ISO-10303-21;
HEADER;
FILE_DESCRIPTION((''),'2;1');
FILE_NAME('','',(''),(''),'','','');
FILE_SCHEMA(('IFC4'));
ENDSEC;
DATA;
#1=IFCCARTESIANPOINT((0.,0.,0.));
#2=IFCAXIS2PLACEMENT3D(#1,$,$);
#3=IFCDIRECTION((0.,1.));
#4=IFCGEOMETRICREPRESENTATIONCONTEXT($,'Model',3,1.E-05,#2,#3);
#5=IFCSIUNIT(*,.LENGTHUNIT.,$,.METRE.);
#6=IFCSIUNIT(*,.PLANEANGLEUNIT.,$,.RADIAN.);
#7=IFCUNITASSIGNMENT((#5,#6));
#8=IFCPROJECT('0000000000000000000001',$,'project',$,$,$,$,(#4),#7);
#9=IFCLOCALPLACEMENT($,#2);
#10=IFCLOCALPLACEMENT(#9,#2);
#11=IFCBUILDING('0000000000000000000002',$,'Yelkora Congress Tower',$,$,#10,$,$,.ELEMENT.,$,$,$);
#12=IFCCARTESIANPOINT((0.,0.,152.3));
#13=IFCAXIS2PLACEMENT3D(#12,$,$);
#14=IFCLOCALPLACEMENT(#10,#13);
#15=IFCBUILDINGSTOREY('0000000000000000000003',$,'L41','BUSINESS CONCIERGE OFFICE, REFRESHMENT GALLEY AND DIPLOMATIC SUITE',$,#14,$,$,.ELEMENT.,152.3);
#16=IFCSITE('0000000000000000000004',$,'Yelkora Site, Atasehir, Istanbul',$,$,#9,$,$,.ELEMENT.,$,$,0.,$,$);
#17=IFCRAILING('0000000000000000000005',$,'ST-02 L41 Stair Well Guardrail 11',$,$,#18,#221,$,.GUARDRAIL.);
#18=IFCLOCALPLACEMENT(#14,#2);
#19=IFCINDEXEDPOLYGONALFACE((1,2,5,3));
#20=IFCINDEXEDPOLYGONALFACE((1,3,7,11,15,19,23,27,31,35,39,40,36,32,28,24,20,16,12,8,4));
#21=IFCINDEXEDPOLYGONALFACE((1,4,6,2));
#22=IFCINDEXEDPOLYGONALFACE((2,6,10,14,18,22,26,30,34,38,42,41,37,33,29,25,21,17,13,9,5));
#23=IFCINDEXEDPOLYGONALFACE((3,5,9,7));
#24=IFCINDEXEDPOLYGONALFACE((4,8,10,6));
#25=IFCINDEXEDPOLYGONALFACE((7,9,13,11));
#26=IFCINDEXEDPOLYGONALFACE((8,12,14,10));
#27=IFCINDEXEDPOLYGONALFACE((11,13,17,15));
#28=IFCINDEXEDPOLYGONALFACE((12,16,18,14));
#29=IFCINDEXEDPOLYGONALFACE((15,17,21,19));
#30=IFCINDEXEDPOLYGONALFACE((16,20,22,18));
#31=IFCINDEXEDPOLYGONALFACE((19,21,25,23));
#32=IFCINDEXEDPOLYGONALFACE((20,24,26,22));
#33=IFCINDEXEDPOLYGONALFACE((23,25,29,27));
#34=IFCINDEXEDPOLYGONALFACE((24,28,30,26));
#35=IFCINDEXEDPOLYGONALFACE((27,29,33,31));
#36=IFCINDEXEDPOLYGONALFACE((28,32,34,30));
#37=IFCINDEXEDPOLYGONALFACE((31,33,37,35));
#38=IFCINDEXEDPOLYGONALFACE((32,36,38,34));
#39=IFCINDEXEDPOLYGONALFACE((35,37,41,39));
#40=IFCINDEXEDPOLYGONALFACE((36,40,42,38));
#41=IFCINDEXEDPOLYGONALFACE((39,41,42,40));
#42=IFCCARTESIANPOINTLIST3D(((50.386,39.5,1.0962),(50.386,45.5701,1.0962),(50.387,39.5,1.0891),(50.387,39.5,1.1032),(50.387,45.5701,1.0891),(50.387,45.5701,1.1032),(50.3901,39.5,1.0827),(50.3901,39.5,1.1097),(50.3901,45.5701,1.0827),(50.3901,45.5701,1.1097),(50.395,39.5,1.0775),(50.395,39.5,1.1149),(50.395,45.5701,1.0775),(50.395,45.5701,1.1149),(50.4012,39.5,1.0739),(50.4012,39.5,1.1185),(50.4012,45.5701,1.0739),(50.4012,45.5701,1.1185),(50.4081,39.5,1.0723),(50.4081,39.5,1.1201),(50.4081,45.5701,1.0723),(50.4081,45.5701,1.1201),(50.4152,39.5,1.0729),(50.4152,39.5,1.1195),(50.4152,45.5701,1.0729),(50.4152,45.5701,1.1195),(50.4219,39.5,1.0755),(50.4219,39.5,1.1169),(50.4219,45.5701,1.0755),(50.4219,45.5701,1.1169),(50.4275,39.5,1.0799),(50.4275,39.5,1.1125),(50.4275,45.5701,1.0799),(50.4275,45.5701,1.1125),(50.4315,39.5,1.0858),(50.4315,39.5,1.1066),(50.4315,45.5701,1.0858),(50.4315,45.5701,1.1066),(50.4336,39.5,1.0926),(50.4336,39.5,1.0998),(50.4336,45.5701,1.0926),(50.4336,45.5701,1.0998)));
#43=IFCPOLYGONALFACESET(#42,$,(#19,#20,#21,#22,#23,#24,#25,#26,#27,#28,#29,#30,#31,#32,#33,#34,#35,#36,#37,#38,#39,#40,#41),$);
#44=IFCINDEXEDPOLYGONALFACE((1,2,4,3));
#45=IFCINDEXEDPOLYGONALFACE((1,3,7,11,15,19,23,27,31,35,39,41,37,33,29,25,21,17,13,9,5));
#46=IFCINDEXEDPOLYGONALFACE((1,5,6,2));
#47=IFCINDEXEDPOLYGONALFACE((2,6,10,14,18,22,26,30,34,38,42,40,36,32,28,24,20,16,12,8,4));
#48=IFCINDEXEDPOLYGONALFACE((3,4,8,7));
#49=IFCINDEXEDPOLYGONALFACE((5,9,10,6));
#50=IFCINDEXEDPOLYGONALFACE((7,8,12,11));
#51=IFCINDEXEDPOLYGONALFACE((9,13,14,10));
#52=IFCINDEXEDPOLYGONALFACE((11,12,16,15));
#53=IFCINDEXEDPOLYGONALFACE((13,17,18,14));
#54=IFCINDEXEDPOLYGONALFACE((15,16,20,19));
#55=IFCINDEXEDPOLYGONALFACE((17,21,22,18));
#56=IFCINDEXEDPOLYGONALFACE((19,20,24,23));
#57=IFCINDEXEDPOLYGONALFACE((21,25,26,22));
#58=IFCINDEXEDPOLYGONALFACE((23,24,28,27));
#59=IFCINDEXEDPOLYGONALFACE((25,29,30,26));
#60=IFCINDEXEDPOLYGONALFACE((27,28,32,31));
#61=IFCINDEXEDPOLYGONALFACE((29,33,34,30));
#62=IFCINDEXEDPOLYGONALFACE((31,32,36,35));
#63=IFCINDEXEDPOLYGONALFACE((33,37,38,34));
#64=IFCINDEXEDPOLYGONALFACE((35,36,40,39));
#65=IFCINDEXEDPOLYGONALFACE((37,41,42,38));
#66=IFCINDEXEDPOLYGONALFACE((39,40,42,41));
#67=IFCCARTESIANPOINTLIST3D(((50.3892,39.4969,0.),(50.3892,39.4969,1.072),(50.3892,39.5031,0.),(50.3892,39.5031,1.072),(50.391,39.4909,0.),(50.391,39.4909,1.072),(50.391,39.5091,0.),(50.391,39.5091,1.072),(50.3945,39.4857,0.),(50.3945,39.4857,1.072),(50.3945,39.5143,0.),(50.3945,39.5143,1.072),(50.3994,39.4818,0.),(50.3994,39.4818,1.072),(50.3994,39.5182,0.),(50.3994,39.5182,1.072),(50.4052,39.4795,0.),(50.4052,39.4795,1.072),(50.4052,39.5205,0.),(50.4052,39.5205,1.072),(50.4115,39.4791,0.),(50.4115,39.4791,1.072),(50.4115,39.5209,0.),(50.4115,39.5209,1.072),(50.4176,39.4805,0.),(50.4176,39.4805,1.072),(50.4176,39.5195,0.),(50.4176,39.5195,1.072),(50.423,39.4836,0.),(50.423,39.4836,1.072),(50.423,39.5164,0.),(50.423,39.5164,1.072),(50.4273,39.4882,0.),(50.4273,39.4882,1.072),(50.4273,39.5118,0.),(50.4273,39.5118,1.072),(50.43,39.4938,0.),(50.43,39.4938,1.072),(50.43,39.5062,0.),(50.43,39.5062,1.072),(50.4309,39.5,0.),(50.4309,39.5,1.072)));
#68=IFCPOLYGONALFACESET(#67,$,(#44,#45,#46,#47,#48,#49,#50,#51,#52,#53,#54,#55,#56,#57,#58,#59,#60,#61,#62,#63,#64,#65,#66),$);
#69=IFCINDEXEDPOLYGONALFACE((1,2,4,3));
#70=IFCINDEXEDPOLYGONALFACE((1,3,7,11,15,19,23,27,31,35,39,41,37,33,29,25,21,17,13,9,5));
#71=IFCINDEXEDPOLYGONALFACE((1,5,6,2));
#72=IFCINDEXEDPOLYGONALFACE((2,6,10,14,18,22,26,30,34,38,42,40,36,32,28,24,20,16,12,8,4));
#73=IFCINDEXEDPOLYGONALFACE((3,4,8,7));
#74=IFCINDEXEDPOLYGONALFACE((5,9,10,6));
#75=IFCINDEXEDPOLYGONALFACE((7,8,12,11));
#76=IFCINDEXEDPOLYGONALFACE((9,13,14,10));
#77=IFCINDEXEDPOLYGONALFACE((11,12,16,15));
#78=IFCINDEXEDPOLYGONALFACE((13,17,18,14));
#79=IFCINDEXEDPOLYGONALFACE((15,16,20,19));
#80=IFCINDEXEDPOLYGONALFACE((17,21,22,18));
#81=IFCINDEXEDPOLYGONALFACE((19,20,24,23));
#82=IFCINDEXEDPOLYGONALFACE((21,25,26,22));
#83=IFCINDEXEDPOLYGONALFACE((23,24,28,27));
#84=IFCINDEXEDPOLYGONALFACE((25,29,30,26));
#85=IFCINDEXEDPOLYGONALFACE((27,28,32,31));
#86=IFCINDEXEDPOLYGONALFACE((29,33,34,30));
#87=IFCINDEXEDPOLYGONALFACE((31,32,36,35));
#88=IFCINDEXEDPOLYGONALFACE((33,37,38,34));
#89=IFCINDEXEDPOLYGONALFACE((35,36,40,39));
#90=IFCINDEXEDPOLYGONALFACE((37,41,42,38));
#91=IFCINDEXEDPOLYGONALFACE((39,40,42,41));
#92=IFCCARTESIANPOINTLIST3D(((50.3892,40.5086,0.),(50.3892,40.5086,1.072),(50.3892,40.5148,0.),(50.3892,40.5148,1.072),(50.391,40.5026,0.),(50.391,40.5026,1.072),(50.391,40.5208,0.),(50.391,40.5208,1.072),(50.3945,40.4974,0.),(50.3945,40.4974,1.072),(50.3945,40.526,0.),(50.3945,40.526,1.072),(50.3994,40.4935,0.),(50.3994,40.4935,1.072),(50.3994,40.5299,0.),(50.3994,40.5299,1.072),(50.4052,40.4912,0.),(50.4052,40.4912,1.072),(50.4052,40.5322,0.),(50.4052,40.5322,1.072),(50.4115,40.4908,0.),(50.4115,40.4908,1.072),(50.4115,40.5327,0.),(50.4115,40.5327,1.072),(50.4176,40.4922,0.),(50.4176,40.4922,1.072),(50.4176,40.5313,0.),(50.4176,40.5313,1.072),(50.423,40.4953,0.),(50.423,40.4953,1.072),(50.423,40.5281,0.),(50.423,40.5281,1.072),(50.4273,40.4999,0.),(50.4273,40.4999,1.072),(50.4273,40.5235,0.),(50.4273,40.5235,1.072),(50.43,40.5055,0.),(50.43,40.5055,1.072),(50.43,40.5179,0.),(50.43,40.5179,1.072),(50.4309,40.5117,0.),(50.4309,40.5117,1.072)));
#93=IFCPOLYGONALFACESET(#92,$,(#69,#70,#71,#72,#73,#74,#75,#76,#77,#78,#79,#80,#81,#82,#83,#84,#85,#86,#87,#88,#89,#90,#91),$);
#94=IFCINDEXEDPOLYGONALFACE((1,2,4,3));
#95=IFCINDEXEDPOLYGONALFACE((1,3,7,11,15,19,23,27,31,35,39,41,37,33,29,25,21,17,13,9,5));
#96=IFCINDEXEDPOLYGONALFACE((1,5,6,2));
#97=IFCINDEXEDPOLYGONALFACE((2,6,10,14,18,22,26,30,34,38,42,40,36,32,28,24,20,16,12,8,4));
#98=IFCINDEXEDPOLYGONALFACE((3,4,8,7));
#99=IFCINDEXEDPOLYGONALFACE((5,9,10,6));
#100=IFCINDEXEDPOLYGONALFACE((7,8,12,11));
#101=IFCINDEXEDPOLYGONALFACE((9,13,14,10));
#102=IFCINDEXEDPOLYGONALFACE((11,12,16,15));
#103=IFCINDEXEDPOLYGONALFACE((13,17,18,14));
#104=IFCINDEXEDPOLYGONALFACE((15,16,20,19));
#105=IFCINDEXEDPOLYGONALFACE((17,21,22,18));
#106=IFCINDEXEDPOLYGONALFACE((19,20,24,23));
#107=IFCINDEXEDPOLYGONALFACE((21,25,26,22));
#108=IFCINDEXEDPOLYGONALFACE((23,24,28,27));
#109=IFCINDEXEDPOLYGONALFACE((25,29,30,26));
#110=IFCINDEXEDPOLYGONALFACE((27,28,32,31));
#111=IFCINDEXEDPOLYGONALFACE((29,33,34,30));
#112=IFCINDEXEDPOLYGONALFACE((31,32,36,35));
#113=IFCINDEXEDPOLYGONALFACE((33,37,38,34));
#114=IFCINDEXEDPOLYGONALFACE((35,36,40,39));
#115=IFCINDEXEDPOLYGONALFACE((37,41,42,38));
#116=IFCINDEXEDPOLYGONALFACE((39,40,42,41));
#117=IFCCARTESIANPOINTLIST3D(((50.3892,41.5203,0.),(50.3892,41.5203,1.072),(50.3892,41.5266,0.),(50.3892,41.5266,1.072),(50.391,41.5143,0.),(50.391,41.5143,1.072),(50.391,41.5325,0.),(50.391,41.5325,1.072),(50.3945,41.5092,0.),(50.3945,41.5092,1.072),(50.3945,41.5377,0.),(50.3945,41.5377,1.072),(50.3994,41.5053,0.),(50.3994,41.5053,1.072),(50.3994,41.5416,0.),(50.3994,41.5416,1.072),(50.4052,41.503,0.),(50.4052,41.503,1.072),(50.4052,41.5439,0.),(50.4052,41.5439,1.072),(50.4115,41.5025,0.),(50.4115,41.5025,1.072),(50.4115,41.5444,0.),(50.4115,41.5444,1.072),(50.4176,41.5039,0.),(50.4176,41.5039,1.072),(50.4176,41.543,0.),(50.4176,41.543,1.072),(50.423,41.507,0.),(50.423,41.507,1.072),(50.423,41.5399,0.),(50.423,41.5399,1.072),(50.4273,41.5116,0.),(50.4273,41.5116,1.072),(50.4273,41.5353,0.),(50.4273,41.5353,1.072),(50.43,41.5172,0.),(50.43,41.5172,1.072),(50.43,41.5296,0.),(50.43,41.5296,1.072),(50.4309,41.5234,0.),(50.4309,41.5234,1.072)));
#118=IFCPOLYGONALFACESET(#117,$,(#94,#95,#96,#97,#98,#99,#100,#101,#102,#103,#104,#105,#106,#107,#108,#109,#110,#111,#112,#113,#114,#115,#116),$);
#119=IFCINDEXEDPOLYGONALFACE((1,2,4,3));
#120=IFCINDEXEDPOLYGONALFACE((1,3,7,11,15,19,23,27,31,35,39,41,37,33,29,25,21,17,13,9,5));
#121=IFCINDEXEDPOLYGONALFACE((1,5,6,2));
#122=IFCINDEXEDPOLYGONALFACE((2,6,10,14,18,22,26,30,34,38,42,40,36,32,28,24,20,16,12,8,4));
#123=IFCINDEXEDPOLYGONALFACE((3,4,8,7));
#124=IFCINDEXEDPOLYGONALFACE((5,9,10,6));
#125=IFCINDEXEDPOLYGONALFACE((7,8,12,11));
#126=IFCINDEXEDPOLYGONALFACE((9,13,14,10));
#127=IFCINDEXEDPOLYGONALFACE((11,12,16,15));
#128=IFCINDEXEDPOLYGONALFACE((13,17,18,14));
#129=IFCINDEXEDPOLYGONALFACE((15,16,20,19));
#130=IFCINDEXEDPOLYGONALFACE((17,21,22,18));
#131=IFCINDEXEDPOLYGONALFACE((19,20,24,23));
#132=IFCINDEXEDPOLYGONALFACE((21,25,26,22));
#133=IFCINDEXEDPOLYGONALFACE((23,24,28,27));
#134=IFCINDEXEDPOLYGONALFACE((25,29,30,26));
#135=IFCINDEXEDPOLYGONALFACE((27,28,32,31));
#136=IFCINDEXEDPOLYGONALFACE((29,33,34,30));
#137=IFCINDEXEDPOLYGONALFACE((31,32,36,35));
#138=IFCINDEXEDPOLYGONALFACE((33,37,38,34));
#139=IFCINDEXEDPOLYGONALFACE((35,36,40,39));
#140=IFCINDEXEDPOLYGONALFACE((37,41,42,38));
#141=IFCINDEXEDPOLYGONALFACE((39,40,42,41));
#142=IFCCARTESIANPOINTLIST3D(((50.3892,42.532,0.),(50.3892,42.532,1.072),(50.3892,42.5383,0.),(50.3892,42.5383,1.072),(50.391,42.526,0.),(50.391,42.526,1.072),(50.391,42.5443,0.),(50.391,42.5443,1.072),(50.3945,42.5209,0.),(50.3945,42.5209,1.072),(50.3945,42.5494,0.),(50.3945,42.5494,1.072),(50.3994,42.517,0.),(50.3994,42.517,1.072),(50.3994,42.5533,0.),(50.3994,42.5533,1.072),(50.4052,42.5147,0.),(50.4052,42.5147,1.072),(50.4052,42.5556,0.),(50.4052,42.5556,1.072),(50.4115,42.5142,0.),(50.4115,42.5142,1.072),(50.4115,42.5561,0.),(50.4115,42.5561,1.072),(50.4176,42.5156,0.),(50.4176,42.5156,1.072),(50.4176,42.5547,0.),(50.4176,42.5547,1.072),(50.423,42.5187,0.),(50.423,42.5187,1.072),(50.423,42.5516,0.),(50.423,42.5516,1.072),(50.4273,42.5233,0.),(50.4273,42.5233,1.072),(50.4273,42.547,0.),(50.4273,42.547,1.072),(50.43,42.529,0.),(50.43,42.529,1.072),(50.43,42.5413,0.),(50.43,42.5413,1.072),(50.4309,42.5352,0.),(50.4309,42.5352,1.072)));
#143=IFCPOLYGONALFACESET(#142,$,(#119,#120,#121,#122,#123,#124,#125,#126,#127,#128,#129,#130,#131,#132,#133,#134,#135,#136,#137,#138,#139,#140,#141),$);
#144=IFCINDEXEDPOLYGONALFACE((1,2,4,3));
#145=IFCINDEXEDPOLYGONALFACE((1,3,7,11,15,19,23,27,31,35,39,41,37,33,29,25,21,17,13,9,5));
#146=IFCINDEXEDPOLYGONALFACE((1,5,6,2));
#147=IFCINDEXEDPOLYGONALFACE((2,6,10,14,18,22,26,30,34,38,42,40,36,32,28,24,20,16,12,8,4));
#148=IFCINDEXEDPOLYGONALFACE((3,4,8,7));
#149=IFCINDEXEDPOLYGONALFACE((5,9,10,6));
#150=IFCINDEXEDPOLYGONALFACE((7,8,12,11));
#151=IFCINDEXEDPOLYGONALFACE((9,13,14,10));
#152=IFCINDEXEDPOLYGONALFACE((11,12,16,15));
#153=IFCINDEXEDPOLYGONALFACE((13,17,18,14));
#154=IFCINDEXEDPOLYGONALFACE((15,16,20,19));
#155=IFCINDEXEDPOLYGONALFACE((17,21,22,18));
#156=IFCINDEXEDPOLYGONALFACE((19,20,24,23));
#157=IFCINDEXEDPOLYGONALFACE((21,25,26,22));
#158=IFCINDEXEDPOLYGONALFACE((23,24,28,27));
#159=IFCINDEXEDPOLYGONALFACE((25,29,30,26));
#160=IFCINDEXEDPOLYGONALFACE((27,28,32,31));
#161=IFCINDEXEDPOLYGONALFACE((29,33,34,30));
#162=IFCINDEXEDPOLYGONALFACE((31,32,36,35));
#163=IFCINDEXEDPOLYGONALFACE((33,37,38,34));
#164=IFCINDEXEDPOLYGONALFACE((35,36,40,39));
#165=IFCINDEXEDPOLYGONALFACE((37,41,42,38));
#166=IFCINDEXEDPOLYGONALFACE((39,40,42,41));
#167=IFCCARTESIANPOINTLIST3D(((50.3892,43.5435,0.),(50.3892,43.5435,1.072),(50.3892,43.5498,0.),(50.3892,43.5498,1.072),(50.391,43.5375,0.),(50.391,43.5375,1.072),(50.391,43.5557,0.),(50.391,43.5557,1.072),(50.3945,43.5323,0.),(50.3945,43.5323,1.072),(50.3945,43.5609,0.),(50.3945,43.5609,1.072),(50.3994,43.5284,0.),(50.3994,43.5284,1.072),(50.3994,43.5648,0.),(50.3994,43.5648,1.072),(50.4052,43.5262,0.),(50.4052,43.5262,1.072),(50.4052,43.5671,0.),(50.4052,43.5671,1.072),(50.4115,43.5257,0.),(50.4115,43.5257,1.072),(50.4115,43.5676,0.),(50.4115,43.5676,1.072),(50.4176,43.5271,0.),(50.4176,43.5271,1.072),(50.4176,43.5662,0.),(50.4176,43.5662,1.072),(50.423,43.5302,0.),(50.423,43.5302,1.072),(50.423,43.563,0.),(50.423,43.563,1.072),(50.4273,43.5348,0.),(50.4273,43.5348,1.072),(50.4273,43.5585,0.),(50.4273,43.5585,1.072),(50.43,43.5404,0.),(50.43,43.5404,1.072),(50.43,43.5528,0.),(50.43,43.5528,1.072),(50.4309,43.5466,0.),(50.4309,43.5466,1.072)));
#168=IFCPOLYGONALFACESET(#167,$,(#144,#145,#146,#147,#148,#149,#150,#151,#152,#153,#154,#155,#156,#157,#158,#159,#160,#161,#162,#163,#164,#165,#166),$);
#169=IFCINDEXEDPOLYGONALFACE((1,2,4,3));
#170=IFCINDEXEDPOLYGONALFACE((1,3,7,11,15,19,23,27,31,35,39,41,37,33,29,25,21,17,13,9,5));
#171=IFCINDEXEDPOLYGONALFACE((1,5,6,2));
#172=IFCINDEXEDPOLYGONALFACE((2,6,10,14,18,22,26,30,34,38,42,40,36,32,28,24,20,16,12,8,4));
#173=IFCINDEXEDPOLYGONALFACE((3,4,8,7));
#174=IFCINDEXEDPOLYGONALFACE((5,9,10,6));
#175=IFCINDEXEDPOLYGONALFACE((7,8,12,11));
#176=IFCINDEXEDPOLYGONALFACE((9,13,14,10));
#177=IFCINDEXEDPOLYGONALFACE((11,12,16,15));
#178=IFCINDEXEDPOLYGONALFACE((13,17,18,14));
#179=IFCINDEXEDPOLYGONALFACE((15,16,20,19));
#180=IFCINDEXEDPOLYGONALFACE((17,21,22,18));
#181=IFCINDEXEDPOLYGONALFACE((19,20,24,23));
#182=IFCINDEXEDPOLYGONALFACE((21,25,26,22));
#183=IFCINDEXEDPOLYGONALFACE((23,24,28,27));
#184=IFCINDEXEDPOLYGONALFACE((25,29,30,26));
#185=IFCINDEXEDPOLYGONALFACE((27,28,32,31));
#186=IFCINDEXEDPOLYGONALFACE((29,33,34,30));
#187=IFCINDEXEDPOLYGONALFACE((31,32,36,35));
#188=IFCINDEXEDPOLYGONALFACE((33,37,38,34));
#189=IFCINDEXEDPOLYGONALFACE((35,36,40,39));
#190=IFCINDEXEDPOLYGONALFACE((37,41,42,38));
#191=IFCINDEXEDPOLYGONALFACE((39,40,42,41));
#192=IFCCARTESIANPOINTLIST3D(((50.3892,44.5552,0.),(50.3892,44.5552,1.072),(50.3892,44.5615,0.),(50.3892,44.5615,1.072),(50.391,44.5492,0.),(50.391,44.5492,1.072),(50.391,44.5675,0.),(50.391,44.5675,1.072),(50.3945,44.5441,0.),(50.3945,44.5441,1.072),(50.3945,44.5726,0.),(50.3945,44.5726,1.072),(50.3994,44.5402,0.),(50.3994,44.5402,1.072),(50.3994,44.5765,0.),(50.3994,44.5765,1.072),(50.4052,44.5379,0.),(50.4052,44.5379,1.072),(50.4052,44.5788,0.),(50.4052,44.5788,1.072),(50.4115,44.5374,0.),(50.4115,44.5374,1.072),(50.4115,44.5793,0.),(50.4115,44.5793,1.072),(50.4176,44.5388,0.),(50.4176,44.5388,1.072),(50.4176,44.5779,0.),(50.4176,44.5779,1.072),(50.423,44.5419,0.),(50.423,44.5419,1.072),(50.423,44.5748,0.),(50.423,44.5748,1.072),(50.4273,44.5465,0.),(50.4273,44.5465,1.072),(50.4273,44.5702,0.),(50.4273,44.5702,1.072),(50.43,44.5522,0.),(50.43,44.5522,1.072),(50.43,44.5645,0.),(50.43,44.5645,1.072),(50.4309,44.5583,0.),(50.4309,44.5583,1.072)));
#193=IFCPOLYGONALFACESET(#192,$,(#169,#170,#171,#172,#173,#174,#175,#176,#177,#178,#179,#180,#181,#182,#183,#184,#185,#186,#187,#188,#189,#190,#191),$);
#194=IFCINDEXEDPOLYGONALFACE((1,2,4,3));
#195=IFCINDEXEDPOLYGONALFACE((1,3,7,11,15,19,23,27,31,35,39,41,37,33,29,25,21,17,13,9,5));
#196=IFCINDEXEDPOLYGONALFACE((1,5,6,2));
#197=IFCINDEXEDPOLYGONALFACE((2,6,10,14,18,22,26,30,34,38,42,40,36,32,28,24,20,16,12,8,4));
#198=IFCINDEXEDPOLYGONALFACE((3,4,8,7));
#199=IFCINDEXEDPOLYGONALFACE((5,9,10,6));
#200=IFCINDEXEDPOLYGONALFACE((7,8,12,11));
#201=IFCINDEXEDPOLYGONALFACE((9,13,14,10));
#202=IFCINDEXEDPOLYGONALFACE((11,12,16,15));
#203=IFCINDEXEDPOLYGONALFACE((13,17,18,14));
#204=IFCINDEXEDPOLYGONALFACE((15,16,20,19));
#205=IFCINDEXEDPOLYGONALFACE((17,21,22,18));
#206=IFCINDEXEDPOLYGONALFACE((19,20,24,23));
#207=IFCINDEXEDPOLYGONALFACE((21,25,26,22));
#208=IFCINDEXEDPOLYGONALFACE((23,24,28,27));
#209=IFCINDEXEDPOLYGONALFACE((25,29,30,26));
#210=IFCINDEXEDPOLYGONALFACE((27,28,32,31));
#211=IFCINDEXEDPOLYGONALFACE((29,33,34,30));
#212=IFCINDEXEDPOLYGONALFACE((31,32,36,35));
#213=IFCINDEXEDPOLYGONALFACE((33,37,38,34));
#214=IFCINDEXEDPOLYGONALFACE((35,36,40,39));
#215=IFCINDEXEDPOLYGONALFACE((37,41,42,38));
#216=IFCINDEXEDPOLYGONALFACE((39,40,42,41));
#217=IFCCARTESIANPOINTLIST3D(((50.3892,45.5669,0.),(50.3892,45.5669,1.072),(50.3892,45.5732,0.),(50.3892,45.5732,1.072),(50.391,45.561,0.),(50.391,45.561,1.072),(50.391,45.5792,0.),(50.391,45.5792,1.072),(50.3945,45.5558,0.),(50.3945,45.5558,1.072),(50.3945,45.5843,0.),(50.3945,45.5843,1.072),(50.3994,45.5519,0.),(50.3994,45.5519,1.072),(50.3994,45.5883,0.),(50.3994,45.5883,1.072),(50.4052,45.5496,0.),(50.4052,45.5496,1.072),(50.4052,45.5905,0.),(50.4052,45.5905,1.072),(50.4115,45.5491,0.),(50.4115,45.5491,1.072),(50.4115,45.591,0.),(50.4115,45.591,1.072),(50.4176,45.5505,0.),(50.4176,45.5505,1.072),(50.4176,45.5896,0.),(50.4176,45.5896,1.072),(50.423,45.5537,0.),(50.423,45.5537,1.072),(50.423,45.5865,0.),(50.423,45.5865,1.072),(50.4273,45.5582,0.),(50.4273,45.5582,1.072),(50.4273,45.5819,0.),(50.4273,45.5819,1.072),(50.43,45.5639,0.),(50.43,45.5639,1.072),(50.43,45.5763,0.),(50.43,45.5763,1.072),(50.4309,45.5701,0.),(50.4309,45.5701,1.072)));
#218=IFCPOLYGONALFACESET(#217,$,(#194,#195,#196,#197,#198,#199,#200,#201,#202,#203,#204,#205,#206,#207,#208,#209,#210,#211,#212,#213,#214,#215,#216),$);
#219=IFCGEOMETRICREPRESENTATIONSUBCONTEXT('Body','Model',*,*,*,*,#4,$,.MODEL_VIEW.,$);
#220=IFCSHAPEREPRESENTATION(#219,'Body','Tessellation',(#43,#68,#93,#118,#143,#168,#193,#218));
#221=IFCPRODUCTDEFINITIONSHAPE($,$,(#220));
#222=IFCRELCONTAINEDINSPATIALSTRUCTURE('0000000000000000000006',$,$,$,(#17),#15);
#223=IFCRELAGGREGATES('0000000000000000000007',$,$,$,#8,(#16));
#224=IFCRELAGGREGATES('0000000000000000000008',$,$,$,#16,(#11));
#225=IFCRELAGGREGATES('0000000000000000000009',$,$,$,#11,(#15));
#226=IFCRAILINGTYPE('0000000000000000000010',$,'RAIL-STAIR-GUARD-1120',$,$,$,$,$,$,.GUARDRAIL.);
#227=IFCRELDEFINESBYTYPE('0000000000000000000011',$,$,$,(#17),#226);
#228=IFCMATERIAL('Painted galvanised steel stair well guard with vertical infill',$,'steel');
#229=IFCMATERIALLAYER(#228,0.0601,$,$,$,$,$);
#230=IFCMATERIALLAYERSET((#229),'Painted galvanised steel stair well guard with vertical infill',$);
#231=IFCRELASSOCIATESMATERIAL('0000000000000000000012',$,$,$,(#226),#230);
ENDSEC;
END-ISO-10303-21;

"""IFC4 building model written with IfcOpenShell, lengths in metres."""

from ifc_helpers import new_model, si_unit, direction, frame, origin, origin_2d, place, context, subcontext, project, spatial, circle, extrude, material, layer, layer_set, type_object, element, save


model = new_model("IFC4")

# Units and contexts
model_context = context("Model", 3, precision=1e-05, world=origin(), true_north=direction((0.0, 1.0)))
body_context = subcontext(model_context, "Body", "Model", "MODEL_VIEW")
ifc_project = project(units=[si_unit("LENGTHUNIT", "METRE"), si_unit("PLANEANGLEUNIT", "RADIAN")], contexts=[model_context])

# Site, building, storey
site_placement = place(None, origin())
site = spatial("IfcSite", under=ifc_project, at=site_placement, Name="Yelkora Site, Atasehir, Istanbul", CompositionType="ELEMENT", RefElevation=0.0)
building_placement = place(site_placement, origin())
building = spatial("IfcBuilding", under=site, at=building_placement, Name="Yelkora Congress Tower", CompositionType="ELEMENT")
storey_placement = place(building_placement, frame((0.0, 0.0, 152.3)))
storey = spatial("IfcBuildingStorey", under=building, at=storey_placement, Name="L41", Description="BUSINESS CONCIERGE OFFICE, REFRESHMENT GALLEY AND DIPLOMATIC SUITE", CompositionType="ELEMENT", Elevation=152.3)

# Railing
ifc_material_1 = material(Name="Painted galvanised steel stair well guard with vertical infill", Category="steel")
ifc_layer_1 = layer(ifc_material_1, 0.0601)
ifc_layer_set_1 = layer_set([ifc_layer_1], Name="Painted galvanised steel stair well guard with vertical infill")
railing_type_1 = type_object("IfcRailingType", Name="RAIL-STAIR-GUARD-1120", PredefinedType="GUARDRAIL", material=ifc_layer_set_1)
railing_1_placement = place(storey_placement, frame((50.4099, 39.5, 0.0)))
element("IfcRailing", 1, at=railing_1_placement, inside=storey, type_object=railing_type_1, Name="ST-02 L41 Stair Well Guardrail 11", PredefinedType="GUARDRAIL", context=body_context, shape_type="SweptSolid", body=[
    extrude(circle(Radius=0.0239, at=origin_2d()), frame((0.0, 0.0, 1.0962), z_axis=(0.0, 1.0, 0.0), x_axis=(-1.0, 0.0, 0.0)), (0.0, 0.0, 1.0), 6.0701),
    extrude(circle(Radius=0.021, at=origin_2d()), origin(), (0.0, 0.0, 1.0), 1.072),
    extrude(circle(Radius=0.021, at=origin_2d()), frame((0.0, 1.0117, 0.0)), (0.0, 0.0, 1.0), 1.072),
    extrude(circle(Radius=0.021, at=origin_2d()), frame((0.0, 2.0234, 0.0)), (0.0, 0.0, 1.0), 1.072),
    extrude(circle(Radius=0.021, at=origin_2d()), frame((0.0, 3.0352, 0.0)), (0.0, 0.0, 1.0), 1.072),
    extrude(circle(Radius=0.021, at=origin_2d()), frame((0.0, 4.0466, 0.0)), (0.0, 0.0, 1.0), 1.072),
    extrude(circle(Radius=0.021, at=origin_2d()), frame((0.0, 5.0583, 0.0)), (0.0, 0.0, 1.0), 1.072),
    extrude(circle(Radius=0.021, at=origin_2d()), frame((0.0, 6.0701, 0.0)), (0.0, 0.0, 1.0), 1.072),
])

save(model, "model.ifc")
